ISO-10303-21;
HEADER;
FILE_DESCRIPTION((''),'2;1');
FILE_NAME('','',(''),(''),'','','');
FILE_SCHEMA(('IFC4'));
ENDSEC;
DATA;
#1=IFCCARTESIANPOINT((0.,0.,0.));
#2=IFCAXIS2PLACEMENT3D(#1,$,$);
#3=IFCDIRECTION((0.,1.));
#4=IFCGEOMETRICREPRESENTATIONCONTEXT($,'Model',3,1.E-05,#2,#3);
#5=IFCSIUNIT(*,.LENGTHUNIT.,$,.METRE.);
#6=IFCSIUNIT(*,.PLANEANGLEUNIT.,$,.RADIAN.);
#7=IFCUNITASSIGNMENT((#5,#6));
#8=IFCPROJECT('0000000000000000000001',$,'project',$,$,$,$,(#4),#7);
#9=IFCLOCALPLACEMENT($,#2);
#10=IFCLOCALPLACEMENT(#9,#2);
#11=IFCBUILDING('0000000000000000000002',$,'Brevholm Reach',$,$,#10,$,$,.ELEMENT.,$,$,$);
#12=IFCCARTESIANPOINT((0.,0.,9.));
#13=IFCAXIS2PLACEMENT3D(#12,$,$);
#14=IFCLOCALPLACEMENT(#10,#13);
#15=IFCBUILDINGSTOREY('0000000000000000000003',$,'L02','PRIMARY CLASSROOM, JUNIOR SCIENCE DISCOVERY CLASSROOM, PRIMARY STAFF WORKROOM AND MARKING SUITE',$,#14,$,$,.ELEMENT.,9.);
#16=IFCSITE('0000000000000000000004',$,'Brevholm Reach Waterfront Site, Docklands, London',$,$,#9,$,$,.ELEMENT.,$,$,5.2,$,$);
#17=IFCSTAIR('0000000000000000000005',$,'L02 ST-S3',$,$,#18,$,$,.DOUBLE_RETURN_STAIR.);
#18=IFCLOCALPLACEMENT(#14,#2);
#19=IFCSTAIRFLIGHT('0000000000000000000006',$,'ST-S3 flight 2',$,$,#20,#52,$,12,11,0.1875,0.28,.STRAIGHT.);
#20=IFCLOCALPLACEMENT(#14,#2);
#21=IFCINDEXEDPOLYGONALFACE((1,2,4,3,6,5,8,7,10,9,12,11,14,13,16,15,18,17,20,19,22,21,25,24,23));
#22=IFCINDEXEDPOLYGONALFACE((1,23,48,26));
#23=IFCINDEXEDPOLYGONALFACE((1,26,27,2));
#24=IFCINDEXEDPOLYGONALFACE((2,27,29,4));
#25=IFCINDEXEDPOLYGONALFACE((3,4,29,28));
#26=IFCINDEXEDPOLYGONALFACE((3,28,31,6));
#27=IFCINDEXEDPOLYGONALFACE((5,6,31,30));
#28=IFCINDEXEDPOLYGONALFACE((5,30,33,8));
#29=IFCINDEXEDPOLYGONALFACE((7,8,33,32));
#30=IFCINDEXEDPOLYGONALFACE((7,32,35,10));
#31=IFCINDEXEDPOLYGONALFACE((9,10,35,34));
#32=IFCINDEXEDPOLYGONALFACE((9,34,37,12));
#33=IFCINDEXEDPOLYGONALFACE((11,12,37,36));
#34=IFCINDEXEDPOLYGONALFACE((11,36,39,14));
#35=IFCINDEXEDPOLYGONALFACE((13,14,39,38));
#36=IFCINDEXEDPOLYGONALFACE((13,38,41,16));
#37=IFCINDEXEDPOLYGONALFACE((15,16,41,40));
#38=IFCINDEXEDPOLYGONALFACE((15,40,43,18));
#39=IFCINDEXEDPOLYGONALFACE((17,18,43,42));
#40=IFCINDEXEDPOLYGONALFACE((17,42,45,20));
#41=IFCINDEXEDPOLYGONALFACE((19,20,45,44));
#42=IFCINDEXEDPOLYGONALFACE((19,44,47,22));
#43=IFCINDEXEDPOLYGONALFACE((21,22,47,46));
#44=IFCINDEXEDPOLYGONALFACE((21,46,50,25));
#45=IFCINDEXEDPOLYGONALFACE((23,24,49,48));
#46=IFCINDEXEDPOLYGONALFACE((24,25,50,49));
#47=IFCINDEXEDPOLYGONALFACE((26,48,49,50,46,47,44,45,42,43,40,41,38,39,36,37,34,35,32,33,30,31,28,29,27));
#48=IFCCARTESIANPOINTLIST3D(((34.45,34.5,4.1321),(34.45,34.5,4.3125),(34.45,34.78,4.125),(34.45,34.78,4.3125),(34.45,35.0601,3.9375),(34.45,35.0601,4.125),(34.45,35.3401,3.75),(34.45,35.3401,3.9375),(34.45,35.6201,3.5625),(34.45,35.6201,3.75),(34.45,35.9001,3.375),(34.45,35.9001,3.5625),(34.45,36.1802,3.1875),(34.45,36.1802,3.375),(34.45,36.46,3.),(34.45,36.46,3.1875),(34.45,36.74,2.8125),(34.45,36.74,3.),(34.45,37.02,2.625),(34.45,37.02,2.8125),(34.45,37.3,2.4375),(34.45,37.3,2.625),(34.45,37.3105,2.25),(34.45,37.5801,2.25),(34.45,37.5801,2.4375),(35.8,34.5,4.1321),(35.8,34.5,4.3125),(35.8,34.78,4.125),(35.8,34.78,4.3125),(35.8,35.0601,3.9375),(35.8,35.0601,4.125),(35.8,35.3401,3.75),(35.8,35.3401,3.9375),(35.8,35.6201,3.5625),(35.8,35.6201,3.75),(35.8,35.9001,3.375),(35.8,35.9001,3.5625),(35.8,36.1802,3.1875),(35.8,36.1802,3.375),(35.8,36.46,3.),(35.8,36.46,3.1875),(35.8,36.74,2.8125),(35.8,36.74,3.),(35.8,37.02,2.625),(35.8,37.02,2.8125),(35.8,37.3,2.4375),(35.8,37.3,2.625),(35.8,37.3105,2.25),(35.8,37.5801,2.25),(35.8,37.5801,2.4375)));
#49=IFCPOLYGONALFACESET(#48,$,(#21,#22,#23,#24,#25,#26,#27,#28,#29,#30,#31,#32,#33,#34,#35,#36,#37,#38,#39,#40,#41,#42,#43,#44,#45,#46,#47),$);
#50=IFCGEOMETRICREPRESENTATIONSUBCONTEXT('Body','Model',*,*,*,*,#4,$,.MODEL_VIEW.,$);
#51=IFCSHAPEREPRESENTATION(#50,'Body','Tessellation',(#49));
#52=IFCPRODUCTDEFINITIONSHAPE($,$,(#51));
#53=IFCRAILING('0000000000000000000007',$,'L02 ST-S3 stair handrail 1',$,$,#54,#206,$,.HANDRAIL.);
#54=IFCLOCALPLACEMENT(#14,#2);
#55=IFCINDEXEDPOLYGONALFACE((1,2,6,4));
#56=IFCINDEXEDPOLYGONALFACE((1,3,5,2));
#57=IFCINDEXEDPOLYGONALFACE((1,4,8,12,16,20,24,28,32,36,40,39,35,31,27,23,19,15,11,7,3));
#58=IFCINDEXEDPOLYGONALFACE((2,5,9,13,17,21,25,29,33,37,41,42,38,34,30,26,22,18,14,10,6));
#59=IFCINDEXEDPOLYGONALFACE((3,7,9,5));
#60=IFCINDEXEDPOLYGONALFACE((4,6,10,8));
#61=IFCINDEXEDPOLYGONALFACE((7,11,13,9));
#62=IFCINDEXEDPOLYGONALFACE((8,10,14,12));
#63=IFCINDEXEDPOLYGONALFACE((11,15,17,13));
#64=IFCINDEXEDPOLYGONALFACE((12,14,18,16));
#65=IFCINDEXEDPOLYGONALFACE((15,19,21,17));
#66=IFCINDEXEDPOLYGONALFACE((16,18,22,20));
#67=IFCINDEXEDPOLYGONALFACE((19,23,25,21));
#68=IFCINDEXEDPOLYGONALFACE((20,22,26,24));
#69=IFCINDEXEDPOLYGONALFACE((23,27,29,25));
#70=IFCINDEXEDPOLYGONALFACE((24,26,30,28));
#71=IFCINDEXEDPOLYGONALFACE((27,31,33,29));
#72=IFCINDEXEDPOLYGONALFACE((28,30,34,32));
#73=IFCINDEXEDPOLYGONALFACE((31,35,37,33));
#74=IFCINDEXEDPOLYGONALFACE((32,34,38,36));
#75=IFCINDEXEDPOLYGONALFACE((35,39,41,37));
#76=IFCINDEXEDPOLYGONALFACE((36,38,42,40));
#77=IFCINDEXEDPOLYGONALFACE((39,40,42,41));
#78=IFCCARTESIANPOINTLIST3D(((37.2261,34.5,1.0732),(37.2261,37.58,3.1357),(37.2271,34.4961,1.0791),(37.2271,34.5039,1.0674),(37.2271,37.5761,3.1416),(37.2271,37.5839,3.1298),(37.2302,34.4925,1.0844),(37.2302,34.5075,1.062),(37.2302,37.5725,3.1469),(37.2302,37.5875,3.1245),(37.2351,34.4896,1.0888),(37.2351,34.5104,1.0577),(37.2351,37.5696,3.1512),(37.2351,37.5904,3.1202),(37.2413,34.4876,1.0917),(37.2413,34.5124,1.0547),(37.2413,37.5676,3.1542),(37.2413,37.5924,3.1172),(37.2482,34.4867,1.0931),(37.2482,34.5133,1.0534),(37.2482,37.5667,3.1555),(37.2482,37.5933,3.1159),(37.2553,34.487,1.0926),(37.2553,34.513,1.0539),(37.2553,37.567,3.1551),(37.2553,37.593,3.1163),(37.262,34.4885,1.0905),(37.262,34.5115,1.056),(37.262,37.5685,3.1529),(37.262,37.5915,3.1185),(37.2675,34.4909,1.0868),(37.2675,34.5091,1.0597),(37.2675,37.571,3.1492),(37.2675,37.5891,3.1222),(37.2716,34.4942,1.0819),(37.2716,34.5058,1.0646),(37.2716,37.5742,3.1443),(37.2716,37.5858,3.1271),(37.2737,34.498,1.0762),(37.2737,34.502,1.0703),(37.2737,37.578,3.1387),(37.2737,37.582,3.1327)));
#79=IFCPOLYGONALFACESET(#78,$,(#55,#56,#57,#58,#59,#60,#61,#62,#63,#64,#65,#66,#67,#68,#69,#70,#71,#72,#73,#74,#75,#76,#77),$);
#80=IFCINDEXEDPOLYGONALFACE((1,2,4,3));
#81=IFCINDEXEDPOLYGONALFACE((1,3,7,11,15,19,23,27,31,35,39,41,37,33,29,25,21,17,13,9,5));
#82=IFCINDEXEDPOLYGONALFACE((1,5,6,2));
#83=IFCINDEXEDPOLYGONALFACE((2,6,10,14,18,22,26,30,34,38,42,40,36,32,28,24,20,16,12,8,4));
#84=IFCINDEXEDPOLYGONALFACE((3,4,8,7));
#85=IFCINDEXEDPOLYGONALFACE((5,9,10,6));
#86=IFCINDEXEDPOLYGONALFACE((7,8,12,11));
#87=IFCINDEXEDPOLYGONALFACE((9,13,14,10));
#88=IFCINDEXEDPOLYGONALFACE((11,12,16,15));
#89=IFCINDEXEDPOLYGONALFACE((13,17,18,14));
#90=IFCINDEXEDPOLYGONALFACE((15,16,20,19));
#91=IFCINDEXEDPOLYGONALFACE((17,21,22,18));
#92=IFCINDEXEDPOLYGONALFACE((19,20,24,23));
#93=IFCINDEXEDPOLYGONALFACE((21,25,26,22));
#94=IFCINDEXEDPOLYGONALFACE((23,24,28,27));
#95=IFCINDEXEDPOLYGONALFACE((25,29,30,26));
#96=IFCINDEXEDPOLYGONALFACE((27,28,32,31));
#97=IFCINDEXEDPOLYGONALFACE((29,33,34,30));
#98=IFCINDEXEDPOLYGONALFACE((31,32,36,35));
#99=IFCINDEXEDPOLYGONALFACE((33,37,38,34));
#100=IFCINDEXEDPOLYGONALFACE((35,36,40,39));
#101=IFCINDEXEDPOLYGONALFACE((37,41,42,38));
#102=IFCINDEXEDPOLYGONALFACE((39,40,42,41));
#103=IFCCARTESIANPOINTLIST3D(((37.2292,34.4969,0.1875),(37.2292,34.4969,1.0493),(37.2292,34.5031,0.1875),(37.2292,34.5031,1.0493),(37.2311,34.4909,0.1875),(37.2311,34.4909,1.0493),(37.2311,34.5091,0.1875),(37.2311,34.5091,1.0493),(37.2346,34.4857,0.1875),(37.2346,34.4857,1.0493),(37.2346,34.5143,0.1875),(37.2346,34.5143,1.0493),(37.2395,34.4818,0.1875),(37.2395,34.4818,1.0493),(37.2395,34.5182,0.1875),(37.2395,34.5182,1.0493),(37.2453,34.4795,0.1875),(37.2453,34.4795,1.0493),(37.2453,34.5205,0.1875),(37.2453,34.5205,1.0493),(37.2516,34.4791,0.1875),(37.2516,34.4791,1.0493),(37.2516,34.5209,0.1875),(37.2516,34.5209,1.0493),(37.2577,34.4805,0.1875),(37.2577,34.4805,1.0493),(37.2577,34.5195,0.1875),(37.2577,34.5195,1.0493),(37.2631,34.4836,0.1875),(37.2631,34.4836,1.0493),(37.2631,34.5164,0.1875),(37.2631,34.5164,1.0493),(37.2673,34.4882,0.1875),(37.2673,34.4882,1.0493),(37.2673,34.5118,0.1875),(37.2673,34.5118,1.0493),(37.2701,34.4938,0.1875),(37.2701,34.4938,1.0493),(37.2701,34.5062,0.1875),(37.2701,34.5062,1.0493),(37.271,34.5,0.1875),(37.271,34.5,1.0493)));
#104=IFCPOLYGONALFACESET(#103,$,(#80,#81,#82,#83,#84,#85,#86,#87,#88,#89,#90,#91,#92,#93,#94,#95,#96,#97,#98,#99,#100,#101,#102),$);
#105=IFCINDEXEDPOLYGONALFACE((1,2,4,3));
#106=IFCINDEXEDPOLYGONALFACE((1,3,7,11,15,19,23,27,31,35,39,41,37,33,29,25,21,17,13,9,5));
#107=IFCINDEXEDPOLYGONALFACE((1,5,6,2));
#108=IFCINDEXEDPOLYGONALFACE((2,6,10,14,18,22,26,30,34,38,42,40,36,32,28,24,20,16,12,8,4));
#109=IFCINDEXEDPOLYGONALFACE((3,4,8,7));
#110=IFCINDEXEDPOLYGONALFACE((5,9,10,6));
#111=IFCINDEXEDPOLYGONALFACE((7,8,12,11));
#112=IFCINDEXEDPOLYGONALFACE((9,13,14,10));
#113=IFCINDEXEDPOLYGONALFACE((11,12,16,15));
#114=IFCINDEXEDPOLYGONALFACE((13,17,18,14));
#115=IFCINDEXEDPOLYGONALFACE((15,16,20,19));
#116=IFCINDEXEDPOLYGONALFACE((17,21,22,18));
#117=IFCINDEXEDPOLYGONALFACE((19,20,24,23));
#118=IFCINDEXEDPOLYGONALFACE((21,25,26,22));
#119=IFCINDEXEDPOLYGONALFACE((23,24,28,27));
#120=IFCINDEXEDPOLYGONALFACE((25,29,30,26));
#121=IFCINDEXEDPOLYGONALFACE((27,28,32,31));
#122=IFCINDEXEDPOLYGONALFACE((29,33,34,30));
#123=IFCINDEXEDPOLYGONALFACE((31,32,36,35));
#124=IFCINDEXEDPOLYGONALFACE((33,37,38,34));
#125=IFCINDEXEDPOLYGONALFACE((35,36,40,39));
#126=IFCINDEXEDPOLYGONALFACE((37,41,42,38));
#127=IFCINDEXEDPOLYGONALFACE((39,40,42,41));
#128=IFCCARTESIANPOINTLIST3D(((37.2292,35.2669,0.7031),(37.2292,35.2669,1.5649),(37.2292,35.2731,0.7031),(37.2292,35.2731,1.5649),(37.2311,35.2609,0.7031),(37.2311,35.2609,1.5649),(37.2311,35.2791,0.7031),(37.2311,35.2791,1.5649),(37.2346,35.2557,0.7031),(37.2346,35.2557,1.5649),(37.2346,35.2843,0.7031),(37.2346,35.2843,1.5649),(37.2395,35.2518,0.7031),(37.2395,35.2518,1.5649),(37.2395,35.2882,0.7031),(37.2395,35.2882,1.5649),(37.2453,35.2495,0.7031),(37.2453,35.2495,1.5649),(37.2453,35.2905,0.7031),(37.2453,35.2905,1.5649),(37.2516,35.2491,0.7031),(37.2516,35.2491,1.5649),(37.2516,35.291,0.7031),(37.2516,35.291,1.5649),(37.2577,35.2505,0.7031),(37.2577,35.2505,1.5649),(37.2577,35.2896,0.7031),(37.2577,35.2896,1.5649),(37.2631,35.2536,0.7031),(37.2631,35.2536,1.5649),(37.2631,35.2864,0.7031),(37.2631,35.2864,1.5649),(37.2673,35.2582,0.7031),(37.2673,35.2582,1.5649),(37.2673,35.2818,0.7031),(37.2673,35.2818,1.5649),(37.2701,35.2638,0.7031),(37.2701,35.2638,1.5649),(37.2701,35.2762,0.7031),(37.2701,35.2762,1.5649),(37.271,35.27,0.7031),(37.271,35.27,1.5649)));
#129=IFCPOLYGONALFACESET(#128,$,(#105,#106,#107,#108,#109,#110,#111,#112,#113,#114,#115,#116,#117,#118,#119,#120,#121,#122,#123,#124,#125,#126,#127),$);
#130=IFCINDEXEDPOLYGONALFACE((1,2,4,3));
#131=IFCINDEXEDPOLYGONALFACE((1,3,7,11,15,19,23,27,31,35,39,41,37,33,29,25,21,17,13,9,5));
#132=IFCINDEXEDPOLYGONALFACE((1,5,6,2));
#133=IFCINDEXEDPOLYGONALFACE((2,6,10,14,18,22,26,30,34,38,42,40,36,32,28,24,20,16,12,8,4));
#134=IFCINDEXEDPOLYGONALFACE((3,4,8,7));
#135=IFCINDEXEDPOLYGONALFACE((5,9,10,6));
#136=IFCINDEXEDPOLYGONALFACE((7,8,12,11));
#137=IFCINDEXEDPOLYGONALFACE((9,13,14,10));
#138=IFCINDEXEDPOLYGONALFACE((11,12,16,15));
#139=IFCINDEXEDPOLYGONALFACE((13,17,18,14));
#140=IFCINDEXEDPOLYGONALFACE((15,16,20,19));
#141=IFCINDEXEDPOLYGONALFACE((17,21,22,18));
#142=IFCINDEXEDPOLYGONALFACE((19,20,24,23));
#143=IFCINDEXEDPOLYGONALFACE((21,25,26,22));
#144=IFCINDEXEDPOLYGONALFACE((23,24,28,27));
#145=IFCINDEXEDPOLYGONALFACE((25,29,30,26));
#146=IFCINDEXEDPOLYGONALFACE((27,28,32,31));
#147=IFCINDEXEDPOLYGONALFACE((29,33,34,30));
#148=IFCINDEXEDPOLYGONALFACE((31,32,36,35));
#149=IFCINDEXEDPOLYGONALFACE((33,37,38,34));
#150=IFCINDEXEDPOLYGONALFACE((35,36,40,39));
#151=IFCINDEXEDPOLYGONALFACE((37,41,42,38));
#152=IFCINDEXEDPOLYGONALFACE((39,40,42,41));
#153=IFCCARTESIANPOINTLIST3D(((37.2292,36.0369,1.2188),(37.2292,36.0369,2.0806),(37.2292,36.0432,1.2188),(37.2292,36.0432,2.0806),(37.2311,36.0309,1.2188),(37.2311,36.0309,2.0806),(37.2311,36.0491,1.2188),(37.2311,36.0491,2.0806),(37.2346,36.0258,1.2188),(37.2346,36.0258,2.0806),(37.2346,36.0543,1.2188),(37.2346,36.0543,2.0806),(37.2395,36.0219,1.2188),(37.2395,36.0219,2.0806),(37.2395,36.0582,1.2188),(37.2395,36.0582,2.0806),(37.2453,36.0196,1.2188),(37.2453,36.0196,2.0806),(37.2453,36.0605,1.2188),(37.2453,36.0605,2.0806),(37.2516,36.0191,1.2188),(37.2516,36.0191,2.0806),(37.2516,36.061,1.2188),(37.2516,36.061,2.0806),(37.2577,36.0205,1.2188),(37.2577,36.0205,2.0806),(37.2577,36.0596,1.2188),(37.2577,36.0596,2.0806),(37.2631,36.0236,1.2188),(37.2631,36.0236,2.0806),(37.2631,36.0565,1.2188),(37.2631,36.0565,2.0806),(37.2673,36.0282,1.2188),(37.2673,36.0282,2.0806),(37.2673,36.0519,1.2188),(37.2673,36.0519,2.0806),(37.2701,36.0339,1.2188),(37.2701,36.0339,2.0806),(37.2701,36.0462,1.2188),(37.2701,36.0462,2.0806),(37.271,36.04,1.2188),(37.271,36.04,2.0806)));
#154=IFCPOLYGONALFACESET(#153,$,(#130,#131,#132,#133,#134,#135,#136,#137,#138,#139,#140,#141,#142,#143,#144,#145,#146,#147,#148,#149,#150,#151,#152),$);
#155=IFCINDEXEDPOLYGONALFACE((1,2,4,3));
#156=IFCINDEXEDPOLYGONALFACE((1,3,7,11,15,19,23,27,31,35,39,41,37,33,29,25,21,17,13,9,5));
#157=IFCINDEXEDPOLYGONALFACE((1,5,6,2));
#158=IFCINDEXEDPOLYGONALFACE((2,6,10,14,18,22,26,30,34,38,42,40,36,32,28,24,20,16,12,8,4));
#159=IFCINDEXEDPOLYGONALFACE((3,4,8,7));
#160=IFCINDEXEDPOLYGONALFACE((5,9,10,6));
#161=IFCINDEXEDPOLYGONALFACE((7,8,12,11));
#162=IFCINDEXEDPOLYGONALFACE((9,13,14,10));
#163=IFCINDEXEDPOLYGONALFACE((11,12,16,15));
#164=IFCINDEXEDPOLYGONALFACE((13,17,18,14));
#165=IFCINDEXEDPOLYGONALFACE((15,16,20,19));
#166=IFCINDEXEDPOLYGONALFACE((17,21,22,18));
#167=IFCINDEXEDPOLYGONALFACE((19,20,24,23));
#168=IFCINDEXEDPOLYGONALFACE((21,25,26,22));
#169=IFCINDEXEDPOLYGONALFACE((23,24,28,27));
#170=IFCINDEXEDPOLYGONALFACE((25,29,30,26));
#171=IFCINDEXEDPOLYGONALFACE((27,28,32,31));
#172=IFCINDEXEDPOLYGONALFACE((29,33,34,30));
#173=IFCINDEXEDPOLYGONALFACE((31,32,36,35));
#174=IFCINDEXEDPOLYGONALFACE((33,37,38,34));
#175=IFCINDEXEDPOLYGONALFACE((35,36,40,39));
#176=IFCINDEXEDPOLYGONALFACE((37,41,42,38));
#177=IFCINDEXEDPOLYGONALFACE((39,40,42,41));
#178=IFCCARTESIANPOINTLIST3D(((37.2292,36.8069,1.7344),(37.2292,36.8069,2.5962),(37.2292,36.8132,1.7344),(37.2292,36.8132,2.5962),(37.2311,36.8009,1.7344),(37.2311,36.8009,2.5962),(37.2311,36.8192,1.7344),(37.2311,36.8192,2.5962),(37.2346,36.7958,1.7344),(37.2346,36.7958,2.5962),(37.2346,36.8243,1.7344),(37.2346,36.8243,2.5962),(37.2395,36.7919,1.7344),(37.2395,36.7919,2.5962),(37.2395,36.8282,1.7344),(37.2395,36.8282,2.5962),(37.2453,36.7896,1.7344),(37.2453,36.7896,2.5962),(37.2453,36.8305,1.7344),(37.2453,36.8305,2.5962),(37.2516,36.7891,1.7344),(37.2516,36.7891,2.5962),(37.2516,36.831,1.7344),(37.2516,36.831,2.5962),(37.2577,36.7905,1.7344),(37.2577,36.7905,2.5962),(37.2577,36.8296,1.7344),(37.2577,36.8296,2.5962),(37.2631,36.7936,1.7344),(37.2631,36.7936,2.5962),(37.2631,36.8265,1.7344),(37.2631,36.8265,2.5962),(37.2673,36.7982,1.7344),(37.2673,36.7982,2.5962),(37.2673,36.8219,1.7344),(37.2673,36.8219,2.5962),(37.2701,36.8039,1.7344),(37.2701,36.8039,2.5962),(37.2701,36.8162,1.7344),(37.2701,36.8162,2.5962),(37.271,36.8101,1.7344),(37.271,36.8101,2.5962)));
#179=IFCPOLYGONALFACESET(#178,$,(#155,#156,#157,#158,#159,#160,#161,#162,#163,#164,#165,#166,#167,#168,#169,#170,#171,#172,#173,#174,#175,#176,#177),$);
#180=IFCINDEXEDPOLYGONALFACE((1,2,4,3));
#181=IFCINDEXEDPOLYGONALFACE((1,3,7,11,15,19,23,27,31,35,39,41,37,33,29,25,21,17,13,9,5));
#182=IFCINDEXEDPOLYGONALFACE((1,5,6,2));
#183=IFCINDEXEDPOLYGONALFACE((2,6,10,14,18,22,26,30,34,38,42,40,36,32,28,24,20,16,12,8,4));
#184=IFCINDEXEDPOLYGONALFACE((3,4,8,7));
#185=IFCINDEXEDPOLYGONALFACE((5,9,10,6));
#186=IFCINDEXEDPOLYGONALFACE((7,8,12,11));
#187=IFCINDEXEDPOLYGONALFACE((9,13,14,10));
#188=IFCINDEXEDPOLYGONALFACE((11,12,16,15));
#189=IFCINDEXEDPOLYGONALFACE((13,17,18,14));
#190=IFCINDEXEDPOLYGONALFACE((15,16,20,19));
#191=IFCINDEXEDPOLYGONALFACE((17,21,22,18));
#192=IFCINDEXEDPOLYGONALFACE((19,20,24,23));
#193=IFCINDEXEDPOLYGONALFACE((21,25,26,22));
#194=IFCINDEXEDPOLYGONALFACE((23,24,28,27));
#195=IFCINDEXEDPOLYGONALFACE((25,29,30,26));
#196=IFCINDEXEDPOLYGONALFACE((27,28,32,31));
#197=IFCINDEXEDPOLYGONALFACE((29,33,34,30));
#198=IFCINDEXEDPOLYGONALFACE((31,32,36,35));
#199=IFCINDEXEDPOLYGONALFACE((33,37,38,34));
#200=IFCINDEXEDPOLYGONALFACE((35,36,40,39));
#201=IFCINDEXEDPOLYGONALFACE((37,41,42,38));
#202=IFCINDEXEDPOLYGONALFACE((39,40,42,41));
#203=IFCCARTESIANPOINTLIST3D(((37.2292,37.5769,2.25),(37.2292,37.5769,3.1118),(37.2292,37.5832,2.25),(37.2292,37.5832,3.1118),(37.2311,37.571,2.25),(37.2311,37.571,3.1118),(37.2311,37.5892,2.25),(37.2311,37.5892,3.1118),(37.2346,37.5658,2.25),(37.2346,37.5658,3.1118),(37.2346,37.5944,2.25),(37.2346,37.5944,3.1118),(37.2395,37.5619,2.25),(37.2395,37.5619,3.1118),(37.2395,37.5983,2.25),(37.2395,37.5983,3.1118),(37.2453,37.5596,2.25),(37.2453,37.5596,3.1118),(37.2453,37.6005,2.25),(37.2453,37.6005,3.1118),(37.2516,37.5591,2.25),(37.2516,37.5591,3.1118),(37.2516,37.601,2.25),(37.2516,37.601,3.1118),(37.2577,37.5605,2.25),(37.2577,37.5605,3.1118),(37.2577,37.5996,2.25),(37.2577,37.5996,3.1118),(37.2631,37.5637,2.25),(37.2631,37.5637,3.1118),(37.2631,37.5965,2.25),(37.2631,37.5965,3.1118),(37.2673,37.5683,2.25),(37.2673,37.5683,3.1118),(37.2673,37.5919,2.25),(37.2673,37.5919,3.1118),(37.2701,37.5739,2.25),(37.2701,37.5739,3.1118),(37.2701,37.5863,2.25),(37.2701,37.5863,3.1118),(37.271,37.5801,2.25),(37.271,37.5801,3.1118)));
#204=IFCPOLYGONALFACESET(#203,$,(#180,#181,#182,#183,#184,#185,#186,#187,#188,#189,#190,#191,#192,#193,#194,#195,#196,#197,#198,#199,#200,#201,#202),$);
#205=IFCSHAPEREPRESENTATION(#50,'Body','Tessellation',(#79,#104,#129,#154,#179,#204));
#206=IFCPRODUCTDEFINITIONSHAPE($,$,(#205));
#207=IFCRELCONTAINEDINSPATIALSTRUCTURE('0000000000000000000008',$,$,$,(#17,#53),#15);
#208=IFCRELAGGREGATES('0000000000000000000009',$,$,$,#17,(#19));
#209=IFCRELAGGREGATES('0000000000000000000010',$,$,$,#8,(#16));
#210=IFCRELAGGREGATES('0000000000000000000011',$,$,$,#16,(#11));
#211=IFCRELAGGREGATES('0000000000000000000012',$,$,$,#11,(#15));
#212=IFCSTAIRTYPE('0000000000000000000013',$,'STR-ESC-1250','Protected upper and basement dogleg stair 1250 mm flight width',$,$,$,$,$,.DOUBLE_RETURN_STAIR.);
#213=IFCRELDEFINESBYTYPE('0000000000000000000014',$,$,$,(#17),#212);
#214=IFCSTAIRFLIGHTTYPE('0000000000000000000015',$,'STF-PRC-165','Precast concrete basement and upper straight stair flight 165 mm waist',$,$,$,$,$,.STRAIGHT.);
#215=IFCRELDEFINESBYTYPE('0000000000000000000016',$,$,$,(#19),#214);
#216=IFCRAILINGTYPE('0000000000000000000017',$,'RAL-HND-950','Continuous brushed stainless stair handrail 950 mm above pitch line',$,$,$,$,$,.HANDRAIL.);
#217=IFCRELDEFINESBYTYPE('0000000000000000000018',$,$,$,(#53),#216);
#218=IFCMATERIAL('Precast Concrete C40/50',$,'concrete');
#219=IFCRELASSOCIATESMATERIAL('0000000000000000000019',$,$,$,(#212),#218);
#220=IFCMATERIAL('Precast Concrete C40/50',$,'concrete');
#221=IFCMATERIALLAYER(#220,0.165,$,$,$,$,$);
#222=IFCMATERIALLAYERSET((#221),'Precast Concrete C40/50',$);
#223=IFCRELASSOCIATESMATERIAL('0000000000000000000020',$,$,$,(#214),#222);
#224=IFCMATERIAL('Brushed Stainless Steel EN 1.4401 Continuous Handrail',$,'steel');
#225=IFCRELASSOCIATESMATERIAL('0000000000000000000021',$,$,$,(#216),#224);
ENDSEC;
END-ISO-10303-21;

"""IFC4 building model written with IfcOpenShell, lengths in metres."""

from ifc_helpers import new_model, si_unit, direction, frame, origin, origin_2d, place, context, subcontext, project, spatial, polyline, circle, outline, extrude, material, layer, layer_set, type_object, element, aggregate, save


model = new_model("IFC4")

# Units and contexts
model_context = context("Model", 3, precision=1e-05, world=origin(), true_north=direction((0.0, 1.0)))
body_context = subcontext(model_context, "Body", "Model", "MODEL_VIEW")
ifc_project = project(units=[si_unit("LENGTHUNIT", "METRE"), si_unit("PLANEANGLEUNIT", "RADIAN")], contexts=[model_context])

# Site, building, storey
site_placement = place(None, origin())
site = spatial("IfcSite", under=ifc_project, at=site_placement, Name="Brevholm Reach Waterfront Site, Docklands, London", CompositionType="ELEMENT", RefElevation=5.2)
building_placement = place(site_placement, origin())
building = spatial("IfcBuilding", under=site, at=building_placement, Name="Brevholm Reach", CompositionType="ELEMENT")
storey_placement = place(building_placement, frame((0.0, 0.0, 9.0)))
storey = spatial("IfcBuildingStorey", under=building, at=storey_placement, Name="L02", Description="PRIMARY CLASSROOM, JUNIOR SCIENCE DISCOVERY CLASSROOM, PRIMARY STAFF WORKROOM AND MARKING SUITE", CompositionType="ELEMENT", Elevation=9.0)

# Stair, stair flight
ifc_material_1 = material(Name="Precast Concrete C40/50", Category="concrete")
stair_type = type_object("IfcStairType", Name="STR-ESC-1250", Description="Protected upper and basement dogleg stair 1250 mm flight width", PredefinedType="DOUBLE_RETURN_STAIR", material=ifc_material_1)
stair_placement = place(storey_placement, origin())
stair = element("IfcStair", 1, at=stair_placement, inside=storey, type_object=stair_type, Name="L02 ST-S3", PredefinedType="DOUBLE_RETURN_STAIR")
ifc_material_2 = material(Name="Precast Concrete C40/50", Category="concrete")
ifc_layer_1 = layer(ifc_material_2, 0.165)
ifc_layer_set_1 = layer_set([ifc_layer_1], Name="Precast Concrete C40/50")
stair_flight_type = type_object("IfcStairFlightType", Name="STF-PRC-165", Description="Precast concrete basement and upper straight stair flight 165 mm waist", PredefinedType="STRAIGHT", material=ifc_layer_set_1)
stair_flight_1_placement = place(storey_placement, frame((35.125, 37.5801, 2.25), z_axis=(0.0, 0.0, 1.0), x_axis=(0.0, -1.0, 0.0)))
stair_flight_1 = element("IfcStairFlight", 2, at=stair_flight_1_placement, type_object=stair_flight_type, Name="ST-S3 flight 2", NumberOfRisers=12, NumberOfTreads=11, PredefinedType="STRAIGHT", RiserHeight=0.1875, TreadLength=0.28, context=body_context, shape_type="SweptSolid", body=[
    extrude(outline(polyline([(0.0, 0.0), (0.0, 0.1875), (0.28, 0.1875), (0.28, 0.375), (0.5601, 0.375), (0.5601, 0.5625), (0.8401, 0.5625), (0.8401, 0.75), (1.1201, 0.75), (1.1201, 0.9375), (1.3999, 0.9375), (1.3999, 1.125), (1.6799, 1.125), (1.6799, 1.3125), (1.96, 1.3125), (1.96, 1.5), (2.24, 1.5), (2.24, 1.6875), (2.52, 1.6875), (2.52, 1.875), (2.8, 1.875), (2.8, 2.0625), (3.0801, 2.0625), (3.0801, 2.25), (3.0801, 1.8821), (0.2695, 0.0), (0.0, 0.0)])), frame((0.0, 0.675, 0.0), z_axis=(0.0, -1.0, 0.0), x_axis=(1.0, 0.0, 0.0)), (0.0, 0.0, 1.0), 1.3501),
])
aggregate(stair, [stair_flight_1])

# Railing
ifc_material_3 = material(Name="Brushed Stainless Steel EN 1.4401 Continuous Handrail", Category="steel")
railing_type_1 = type_object("IfcRailingType", Name="RAL-HND-950", Description="Continuous brushed stainless stair handrail 950 mm above pitch line", PredefinedType="HANDRAIL", material=ifc_material_3)
railing_1_placement = place(storey_placement, frame((37.25, 34.5, 0.1875)))
element("IfcRailing", 3, at=railing_1_placement, inside=storey, type_object=railing_type_1, Name="L02 ST-S3 stair handrail 1", PredefinedType="HANDRAIL", context=body_context, shape_type="SweptSolid", body=[
    extrude(circle(Radius=0.0239, at=origin_2d()), frame((0.0, 0.0, 0.8857), z_axis=(0.0, 0.830914, 0.556401), x_axis=(-1.0, 0.0, 0.0)), (0.0, 0.0, 1.0), 3.7068),
    extrude(circle(Radius=0.021, at=origin_2d()), origin(), (0.0, 0.0, 1.0), 0.8618),
    extrude(circle(Radius=0.021, at=origin_2d()), frame((0.0, 0.77, 0.5156)), (0.0, 0.0, 1.0), 0.8618),
    extrude(circle(Radius=0.021, at=origin_2d()), frame((0.0, 1.54, 1.0312)), (0.0, 0.0, 1.0), 0.8618),
    extrude(circle(Radius=0.021, at=origin_2d()), frame((0.0, 2.3101, 1.5469)), (0.0, 0.0, 1.0), 0.8618),
    extrude(circle(Radius=0.021, at=origin_2d()), frame((0.0, 3.0801, 2.0625)), (0.0, 0.0, 1.0), 0.8618),
])

save(model, "model.ifc")
